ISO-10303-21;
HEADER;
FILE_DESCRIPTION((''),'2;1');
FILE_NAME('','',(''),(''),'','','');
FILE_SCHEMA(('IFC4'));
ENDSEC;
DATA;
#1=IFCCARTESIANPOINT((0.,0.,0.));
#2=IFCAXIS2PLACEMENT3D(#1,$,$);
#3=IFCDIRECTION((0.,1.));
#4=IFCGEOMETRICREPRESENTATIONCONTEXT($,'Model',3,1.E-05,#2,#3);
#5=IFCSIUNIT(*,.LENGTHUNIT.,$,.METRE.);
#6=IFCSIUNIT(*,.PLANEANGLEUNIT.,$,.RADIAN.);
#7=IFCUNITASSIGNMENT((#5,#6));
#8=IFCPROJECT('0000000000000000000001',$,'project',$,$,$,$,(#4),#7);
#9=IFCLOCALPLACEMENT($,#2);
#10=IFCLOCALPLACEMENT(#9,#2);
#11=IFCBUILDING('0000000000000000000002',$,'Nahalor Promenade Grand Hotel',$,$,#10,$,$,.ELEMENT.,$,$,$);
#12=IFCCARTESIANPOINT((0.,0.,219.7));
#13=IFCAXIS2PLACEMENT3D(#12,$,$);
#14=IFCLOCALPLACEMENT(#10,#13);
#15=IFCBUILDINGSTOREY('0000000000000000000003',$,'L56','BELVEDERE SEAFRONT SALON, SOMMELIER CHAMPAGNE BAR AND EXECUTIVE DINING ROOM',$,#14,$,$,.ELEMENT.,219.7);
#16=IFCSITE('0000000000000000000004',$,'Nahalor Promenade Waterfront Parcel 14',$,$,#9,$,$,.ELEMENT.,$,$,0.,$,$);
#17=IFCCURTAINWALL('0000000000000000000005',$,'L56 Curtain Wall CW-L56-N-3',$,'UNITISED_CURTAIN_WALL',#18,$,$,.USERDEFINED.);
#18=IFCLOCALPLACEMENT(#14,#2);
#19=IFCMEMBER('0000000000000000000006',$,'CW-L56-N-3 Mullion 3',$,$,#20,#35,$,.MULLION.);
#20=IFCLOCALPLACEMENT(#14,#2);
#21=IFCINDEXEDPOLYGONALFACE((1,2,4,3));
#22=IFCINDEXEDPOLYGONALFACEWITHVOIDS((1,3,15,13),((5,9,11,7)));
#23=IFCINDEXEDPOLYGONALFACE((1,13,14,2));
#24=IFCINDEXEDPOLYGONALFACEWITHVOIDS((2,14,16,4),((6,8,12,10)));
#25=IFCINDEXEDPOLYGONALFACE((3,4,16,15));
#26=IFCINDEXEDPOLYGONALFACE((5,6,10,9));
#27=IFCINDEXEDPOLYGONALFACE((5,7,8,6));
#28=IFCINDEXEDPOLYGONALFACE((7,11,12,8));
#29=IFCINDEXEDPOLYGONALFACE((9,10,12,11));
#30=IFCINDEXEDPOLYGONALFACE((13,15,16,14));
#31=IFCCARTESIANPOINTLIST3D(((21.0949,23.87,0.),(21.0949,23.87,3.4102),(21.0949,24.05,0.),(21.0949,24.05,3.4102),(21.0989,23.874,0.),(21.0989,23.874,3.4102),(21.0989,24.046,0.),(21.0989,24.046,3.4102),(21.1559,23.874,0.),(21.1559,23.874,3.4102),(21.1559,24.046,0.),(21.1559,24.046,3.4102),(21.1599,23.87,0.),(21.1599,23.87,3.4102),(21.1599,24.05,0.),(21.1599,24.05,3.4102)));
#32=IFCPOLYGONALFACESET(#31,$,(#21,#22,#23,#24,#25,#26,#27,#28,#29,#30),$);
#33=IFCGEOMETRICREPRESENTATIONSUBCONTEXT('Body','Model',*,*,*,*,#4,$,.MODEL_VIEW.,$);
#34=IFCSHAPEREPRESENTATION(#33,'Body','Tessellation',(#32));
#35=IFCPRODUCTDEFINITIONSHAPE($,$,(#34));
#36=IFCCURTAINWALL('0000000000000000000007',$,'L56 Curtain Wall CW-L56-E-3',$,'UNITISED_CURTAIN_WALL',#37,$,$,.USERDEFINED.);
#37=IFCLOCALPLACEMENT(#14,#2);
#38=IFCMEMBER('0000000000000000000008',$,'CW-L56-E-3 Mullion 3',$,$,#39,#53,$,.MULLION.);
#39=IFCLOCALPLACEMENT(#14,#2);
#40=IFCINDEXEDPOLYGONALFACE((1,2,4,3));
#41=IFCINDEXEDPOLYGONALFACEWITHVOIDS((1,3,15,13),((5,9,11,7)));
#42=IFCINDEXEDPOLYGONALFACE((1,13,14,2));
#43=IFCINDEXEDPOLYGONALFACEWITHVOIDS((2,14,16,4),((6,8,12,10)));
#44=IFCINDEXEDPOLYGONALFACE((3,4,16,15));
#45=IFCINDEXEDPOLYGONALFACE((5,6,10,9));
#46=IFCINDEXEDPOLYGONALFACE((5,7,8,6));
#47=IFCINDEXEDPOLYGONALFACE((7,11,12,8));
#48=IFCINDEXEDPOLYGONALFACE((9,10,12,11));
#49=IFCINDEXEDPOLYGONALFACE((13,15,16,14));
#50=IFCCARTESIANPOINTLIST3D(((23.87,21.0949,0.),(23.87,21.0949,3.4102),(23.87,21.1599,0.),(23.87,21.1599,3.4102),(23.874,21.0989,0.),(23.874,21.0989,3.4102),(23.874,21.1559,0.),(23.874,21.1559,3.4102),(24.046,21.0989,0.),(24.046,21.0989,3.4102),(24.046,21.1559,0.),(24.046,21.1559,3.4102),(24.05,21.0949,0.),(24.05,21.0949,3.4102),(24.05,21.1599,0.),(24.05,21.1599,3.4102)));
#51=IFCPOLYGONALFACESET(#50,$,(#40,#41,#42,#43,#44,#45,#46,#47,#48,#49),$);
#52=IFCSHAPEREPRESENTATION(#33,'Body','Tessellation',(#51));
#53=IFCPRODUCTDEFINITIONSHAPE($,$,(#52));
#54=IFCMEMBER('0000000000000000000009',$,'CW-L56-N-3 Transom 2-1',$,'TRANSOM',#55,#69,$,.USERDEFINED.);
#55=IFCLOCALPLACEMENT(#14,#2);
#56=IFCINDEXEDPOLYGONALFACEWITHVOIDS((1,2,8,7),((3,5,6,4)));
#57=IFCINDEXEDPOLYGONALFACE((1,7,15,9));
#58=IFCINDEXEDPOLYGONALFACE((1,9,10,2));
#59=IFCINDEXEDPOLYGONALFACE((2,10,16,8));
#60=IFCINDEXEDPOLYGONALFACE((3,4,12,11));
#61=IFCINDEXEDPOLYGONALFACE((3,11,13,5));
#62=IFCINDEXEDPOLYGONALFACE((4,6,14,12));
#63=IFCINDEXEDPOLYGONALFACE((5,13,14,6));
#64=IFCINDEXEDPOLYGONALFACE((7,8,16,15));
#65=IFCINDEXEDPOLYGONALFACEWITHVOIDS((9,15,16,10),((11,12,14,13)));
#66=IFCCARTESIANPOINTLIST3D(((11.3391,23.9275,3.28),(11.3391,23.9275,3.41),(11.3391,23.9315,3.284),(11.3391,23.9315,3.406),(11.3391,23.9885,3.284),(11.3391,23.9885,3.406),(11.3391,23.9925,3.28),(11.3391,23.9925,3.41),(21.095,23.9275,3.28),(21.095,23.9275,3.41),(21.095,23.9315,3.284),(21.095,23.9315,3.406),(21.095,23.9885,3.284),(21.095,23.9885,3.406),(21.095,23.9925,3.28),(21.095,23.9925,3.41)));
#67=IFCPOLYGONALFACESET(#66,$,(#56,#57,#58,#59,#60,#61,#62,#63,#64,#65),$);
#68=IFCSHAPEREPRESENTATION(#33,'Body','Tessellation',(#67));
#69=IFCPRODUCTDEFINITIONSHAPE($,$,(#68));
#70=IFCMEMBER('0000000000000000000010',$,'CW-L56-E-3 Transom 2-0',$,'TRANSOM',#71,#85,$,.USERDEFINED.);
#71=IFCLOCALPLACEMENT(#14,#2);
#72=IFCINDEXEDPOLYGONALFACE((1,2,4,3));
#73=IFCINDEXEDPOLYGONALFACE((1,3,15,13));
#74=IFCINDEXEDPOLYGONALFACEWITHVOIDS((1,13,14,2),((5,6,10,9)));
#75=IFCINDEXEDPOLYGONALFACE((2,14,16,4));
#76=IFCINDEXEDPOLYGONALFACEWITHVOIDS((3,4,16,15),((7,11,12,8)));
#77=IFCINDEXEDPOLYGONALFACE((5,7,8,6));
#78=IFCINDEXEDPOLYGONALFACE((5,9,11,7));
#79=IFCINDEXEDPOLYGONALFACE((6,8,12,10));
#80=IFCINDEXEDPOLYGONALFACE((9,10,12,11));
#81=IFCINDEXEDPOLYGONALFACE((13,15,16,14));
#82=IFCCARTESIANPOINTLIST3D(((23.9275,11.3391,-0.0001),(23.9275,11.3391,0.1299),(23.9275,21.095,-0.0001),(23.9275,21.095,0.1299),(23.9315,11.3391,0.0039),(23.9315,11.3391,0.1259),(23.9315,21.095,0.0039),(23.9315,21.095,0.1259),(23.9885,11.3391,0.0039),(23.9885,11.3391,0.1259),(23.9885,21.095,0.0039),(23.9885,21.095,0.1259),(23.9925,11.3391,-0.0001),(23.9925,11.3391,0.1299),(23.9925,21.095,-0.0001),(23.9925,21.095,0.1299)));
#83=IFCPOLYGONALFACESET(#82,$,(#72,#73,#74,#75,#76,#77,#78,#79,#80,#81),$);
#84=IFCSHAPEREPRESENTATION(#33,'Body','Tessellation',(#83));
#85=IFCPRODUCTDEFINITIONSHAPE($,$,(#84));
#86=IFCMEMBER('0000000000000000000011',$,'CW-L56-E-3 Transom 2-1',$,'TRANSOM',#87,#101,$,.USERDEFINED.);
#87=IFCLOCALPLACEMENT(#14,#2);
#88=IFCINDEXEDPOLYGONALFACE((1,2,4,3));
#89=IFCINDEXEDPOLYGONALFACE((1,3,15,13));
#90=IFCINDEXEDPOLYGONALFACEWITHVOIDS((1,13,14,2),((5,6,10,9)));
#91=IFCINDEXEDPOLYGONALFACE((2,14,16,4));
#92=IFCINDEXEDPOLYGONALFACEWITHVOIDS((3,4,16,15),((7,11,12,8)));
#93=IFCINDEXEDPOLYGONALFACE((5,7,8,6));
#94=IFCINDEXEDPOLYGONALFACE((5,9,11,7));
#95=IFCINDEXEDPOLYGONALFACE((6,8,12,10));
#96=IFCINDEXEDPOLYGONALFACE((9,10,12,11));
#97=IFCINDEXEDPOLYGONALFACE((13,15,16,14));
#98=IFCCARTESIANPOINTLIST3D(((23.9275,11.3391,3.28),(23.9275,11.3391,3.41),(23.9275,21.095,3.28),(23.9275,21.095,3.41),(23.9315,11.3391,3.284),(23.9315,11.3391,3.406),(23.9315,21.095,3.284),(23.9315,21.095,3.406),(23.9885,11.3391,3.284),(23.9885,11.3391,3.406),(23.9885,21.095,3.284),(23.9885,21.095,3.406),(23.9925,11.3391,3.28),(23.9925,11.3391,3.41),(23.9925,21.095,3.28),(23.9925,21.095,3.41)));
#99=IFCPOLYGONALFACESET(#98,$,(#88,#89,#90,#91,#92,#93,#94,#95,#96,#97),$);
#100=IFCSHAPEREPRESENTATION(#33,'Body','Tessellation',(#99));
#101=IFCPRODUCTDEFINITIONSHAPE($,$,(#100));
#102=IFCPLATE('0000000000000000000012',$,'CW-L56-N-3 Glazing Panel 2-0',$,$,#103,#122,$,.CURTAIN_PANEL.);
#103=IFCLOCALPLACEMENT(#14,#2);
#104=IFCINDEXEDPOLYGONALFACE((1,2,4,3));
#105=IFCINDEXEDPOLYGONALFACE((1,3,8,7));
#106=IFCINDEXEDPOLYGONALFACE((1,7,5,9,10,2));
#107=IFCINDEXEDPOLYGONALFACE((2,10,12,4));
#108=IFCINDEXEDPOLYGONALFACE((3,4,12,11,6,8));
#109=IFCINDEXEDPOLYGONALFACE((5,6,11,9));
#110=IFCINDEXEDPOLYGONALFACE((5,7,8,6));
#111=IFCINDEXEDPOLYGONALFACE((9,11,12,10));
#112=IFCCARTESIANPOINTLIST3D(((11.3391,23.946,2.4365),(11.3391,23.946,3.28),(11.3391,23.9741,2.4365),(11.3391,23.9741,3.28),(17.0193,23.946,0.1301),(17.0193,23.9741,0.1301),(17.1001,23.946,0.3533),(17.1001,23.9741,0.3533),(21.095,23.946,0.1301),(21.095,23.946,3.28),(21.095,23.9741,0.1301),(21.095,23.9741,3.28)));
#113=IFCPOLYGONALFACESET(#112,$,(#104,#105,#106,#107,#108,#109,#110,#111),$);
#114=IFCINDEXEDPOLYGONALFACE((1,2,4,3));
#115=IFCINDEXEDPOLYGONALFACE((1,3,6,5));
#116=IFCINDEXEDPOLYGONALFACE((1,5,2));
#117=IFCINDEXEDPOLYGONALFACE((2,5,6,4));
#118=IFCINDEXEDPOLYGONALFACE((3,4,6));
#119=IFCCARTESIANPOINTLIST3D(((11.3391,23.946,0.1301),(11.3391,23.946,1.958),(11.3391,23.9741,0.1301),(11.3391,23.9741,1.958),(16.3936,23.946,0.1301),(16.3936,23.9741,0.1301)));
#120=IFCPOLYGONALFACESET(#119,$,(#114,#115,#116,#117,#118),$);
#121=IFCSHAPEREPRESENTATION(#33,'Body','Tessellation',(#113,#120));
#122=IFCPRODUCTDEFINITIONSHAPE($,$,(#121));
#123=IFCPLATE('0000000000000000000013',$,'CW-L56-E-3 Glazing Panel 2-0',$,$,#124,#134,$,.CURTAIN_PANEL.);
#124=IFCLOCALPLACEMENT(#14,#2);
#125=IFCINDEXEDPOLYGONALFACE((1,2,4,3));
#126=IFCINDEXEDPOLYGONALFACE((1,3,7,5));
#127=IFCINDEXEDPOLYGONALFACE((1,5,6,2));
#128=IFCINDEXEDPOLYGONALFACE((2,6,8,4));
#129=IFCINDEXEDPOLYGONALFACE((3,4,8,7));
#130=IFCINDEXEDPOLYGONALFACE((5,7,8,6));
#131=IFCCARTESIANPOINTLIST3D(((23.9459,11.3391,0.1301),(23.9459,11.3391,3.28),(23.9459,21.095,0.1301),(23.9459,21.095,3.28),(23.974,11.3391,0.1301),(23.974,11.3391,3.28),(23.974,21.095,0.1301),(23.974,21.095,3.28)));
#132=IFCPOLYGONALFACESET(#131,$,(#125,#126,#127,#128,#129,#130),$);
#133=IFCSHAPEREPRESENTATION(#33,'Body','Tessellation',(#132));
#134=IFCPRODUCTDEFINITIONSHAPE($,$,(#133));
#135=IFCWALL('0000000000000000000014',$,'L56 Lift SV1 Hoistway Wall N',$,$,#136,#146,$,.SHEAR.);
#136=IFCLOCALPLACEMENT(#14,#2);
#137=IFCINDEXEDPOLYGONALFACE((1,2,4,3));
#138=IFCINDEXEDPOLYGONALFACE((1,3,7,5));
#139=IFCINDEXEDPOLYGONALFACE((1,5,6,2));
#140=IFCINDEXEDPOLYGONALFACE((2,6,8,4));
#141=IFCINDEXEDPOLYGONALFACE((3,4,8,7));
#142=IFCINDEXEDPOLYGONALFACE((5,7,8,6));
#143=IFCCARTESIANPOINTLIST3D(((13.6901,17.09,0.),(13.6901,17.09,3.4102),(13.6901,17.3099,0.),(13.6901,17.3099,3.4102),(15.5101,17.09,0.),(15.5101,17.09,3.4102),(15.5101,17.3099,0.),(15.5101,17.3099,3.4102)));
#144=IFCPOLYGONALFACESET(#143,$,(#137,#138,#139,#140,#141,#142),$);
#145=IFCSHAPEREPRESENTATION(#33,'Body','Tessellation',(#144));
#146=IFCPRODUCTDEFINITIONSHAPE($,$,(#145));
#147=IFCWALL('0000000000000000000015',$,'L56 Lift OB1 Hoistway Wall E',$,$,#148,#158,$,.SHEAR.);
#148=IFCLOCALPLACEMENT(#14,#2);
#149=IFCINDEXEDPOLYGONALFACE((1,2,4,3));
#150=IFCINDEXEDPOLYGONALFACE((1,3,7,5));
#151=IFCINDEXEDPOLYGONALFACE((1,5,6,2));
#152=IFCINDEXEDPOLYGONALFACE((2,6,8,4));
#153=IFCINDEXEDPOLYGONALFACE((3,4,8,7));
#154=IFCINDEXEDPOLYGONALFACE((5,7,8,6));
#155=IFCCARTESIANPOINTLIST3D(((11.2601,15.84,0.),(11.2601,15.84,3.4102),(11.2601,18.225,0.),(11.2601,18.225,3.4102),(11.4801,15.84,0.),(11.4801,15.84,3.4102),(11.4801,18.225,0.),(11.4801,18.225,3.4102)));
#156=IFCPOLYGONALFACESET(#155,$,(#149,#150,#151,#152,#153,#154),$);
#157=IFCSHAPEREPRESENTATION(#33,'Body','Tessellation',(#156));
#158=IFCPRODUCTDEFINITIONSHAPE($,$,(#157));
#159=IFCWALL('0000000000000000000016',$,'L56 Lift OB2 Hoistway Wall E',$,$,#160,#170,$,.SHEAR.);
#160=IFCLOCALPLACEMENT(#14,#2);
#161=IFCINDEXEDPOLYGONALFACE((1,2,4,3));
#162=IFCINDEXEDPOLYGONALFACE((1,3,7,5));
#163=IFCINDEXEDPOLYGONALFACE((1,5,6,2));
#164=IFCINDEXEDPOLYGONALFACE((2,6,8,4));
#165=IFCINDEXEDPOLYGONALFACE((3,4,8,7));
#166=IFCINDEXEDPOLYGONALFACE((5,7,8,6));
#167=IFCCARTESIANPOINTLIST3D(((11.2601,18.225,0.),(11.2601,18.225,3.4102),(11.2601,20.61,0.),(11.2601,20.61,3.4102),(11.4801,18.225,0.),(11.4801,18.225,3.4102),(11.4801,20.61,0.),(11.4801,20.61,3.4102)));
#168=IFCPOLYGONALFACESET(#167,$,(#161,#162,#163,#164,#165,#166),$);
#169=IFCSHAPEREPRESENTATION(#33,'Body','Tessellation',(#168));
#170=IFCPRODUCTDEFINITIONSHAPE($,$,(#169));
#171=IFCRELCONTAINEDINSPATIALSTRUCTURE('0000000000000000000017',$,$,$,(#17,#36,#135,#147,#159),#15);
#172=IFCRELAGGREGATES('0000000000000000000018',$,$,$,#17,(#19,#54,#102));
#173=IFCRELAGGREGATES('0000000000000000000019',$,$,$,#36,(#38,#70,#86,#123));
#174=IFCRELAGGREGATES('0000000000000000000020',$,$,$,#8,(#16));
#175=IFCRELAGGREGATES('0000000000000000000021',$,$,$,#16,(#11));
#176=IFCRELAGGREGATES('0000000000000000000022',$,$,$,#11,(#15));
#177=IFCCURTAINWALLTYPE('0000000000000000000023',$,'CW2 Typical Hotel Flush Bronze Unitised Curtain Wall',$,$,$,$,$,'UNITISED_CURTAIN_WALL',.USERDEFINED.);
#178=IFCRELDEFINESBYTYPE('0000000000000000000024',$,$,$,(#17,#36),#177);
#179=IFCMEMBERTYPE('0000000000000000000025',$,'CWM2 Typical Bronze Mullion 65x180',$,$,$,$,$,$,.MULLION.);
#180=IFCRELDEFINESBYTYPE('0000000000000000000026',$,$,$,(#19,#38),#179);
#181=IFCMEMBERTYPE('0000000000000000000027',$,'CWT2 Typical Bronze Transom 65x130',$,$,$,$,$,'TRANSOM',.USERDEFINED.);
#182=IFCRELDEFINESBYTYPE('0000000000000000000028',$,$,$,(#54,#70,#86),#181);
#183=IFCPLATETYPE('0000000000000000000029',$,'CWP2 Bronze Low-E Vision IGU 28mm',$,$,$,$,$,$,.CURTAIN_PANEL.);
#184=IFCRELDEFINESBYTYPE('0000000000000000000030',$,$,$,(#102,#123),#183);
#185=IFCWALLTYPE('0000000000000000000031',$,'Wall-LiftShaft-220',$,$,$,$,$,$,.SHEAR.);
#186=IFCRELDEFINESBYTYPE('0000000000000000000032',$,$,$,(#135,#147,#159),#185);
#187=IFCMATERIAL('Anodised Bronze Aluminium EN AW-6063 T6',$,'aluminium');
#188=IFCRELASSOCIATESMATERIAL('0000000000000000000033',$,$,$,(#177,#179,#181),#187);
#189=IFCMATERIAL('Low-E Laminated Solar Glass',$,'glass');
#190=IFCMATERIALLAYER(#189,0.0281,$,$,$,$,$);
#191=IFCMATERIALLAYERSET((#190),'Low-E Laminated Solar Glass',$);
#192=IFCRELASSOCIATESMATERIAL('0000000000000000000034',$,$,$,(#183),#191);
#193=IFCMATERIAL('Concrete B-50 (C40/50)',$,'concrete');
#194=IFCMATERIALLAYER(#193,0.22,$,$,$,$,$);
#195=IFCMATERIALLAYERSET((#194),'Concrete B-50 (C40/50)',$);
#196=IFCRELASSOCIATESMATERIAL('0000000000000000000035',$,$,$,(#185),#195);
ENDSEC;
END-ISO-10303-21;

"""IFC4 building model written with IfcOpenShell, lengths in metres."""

from ifc_helpers import new_model, si_unit, direction, frame, frame_2d, origin, origin_2d, place, context, subcontext, project, spatial, polyline, rectangle, hollow_rectangle, outline, extrude, source, transform, mapped, material, layer, layer_set, material_profile, profile_set, type_object, element, aggregate, save


model = new_model("IFC4")

# Units and contexts
model_context = context("Model", 3, precision=1e-05, world=origin(), true_north=direction((0.0, 1.0)))
body_context = subcontext(model_context, "Body", "Model", "MODEL_VIEW")
ifc_project = project(units=[si_unit("LENGTHUNIT", "METRE"), si_unit("PLANEANGLEUNIT", "RADIAN")], contexts=[model_context])

# Site, building, storey
site_placement = place(None, origin())
site = spatial("IfcSite", under=ifc_project, at=site_placement, Name="Nahalor Promenade Waterfront Parcel 14", CompositionType="ELEMENT", RefElevation=0.0)
building_placement = place(site_placement, origin())
building = spatial("IfcBuilding", under=site, at=building_placement, Name="Nahalor Promenade Grand Hotel", CompositionType="ELEMENT")
storey_placement = place(building_placement, frame((0.0, 0.0, 219.7)))
storey = spatial("IfcBuildingStorey", under=building, at=storey_placement, Name="L56", Description="BELVEDERE SEAFRONT SALON, SOMMELIER CHAMPAGNE BAR AND EXECUTIVE DINING ROOM", CompositionType="ELEMENT", Elevation=219.7)

# Curtain walls, members
ifc_material_1 = material(Name="Anodised Bronze Aluminium EN AW-6063 T6", Category="aluminium")
curtain_wall_type = type_object("IfcCurtainWallType", Name="CW2 Typical Hotel Flush Bronze Unitised Curtain Wall", ElementType="UNITISED_CURTAIN_WALL", PredefinedType="USERDEFINED", material=ifc_material_1)
curtain_wall_1_placement = place(storey_placement, origin())
curtain_wall_1 = element("IfcCurtainWall", 1, at=curtain_wall_1_placement, inside=storey, type_object=curtain_wall_type, Name="L56 Curtain Wall CW-L56-N-3", ObjectType="UNITISED_CURTAIN_WALL", PredefinedType="USERDEFINED")
ifc_material_profile_1 = material_profile(ifc_material_1, hollow_rectangle(XDim=0.065, YDim=0.18, WallThickness=0.004, at=origin_2d()), Name="CWM 65x180x4")
ifc_profile_set_1 = profile_set([ifc_material_profile_1], Name="Anodised Bronze Aluminium EN AW-6063 T6")
member_type_1 = type_object("IfcMemberType", Name="CWM2 Typical Bronze Mullion 65x180", PredefinedType="MULLION", material=ifc_profile_set_1)
shared_shape_1 = source(origin(), body_context, "Body", "SweptSolid", [
    extrude(hollow_rectangle(XDim=0.065, YDim=0.18, WallThickness=0.004, at=origin_2d()), origin(), (0.0, 0.0, 1.0), 3.4102),
])
member_1_placement = place(storey_placement, frame((21.1274, 23.96, 0.0), z_axis=(0.0, 0.0, 1.0), x_axis=(1.0, 0.0, 0.0)))
member_1 = element("IfcMember", 2, at=member_1_placement, type_object=member_type_1, Name="CW-L56-N-3 Mullion 3", PredefinedType="MULLION", context=body_context, shape_type="MappedRepresentation", body=[
    mapped(shared_shape_1, transform((0.0, 0.0, 0.0), scale=1.0)),
])
curtain_wall_2_placement = place(storey_placement, origin())
curtain_wall_2 = element("IfcCurtainWall", 3, at=curtain_wall_2_placement, inside=storey, type_object=curtain_wall_type, Name="L56 Curtain Wall CW-L56-E-3", ObjectType="UNITISED_CURTAIN_WALL", PredefinedType="USERDEFINED")
member_2_placement = place(storey_placement, frame((23.96, 21.1274, 0.0), z_axis=(0.0, 0.0, 1.0), x_axis=(0.0, 1.0, 0.0)))
member_2 = element("IfcMember", 4, at=member_2_placement, type_object=member_type_1, Name="CW-L56-E-3 Mullion 3", PredefinedType="MULLION", context=body_context, shape_type="MappedRepresentation", body=[
    mapped(shared_shape_1, transform((0.0, 0.0, 0.0), scale=1.0)),
])

# Members
ifc_material_profile_2 = material_profile(ifc_material_1, hollow_rectangle(XDim=0.065, YDim=0.13, WallThickness=0.004, at=origin_2d()), Name="CWT 65x130x4")
ifc_profile_set_2 = profile_set([ifc_material_profile_2], Name="Anodised Bronze Aluminium EN AW-6063 T6")
member_type_2 = type_object("IfcMemberType", Name="CWT2 Typical Bronze Transom 65x130", ElementType="TRANSOM", PredefinedType="USERDEFINED", material=ifc_profile_set_2)
shared_shape_2 = source(origin(), body_context, "Body", "SweptSolid", [
    extrude(hollow_rectangle(XDim=0.065, YDim=0.13, WallThickness=0.004, at=origin_2d()), origin(), (0.0, 0.0, 1.0), 9.7559),
])
member_3_placement = place(storey_placement, frame((11.3391, 23.96, 3.345), z_axis=(1.0, 0.0, 0.0), x_axis=(0.0, 1.0, 0.0)))
member_3 = element("IfcMember", 5, at=member_3_placement, type_object=member_type_2, Name="CW-L56-N-3 Transom 2-1", ObjectType="TRANSOM", PredefinedType="USERDEFINED", context=body_context, shape_type="MappedRepresentation", body=[
    mapped(shared_shape_2, transform((0.0, 0.0, 0.0), scale=1.0)),
])
member_4_placement = place(storey_placement, frame((23.96, 11.3391, 0.0649), z_axis=(0.0, 1.0, 0.0), x_axis=(-1.0, 0.0, 0.0)))
member_4 = element("IfcMember", 6, at=member_4_placement, type_object=member_type_2, Name="CW-L56-E-3 Transom 2-0", ObjectType="TRANSOM", PredefinedType="USERDEFINED", context=body_context, shape_type="MappedRepresentation", body=[
    mapped(shared_shape_2, transform((0.0, 0.0, 0.0), scale=1.0)),
])
member_5_placement = place(storey_placement, frame((23.96, 11.3391, 3.345), z_axis=(0.0, 1.0, 0.0), x_axis=(-1.0, 0.0, 0.0)))
member_5 = element("IfcMember", 7, at=member_5_placement, type_object=member_type_2, Name="CW-L56-E-3 Transom 2-1", ObjectType="TRANSOM", PredefinedType="USERDEFINED", context=body_context, shape_type="MappedRepresentation", body=[
    mapped(shared_shape_2, transform((0.0, 0.0, 0.0), scale=1.0)),
])

# Plates
ifc_material_2 = material(Name="Low-E Laminated Solar Glass", Category="glass")
ifc_layer_1 = layer(ifc_material_2, 0.0281)
ifc_layer_set_1 = layer_set([ifc_layer_1], Name="Low-E Laminated Solar Glass")
plate_type = type_object("IfcPlateType", Name="CWP2 Bronze Low-E Vision IGU 28mm", PredefinedType="CURTAIN_PANEL", material=ifc_layer_set_1)
plate_1_placement = place(storey_placement, frame((16.217, 23.96, 0.1301), z_axis=(0.0, 0.0, 1.0), x_axis=(1.0, 0.0, 0.0)))
plate_1 = element("IfcPlate", 8, at=plate_1_placement, type_object=plate_type, Name="CW-L56-N-3 Glazing Panel 2-0", PredefinedType="CURTAIN_PANEL", context=body_context, shape_type="SweptSolid", body=[
    extrude(outline(polyline([(4.8779, 3.1499), (-4.8779, 3.1499), (-4.8779, 2.3064), (0.8831, 0.2231), (0.8022, 0.0), (4.8779, 0.0), (4.8779, 3.1499)])), frame((0.0, 0.0142, 0.0), z_axis=(0.0, -1.0, 0.0), x_axis=(1.0, 0.0, 0.0)), (0.0, 0.0, 1.0), 0.0281),
    extrude(outline(polyline([(-4.8779, 1.8279), (-4.8779, 0.0), (0.1765, 0.0), (-4.8779, 1.8279)])), frame((0.0, 0.0142, 0.0), z_axis=(0.0, -1.0, 0.0), x_axis=(1.0, 0.0, 0.0)), (0.0, 0.0, 1.0), 0.0281),
])
aggregate(curtain_wall_1, [member_1, member_3, plate_1])
shared_shape_3 = source(origin(), body_context, "Body", "SweptSolid", [
    extrude(rectangle(XDim=9.7559, YDim=0.0281, at=origin_2d()), origin(), (0.0, 0.0, 1.0), 3.1499),
])
plate_2_placement = place(storey_placement, frame((23.96, 16.217, 0.1301), z_axis=(0.0, 0.0, 1.0), x_axis=(0.0, 1.0, 0.0)))
plate_2 = element("IfcPlate", 9, at=plate_2_placement, type_object=plate_type, Name="CW-L56-E-3 Glazing Panel 2-0", PredefinedType="CURTAIN_PANEL", context=body_context, shape_type="MappedRepresentation", body=[
    mapped(shared_shape_3, transform((0.0, 0.0, 0.0), scale=1.0)),
])
aggregate(curtain_wall_2, [member_2, member_4, member_5, plate_2])

# Walls
ifc_material_3 = material(Name="Concrete B-50 (C40/50)", Category="concrete")
ifc_layer_2 = layer(ifc_material_3, 0.22)
ifc_layer_set_2 = layer_set([ifc_layer_2], Name="Concrete B-50 (C40/50)")
wall_type_1 = type_object("IfcWallType", Name="Wall-LiftShaft-220", PredefinedType="SHEAR", material=ifc_layer_set_2)
shared_shape_4 = source(origin(), body_context, "Body", "SweptSolid", [
    extrude(rectangle(XDim=1.8201, YDim=0.22, at=frame_2d((0.9102, 0.0))), origin(), (0.0, 0.0, 1.0), 3.4102),
])
wall_1_placement = place(storey_placement, frame((13.6899, 17.2, 0.0), z_axis=(0.0, 0.0, 1.0), x_axis=(1.0, 0.0, 0.0)))
element("IfcWall", 10, at=wall_1_placement, inside=storey, type_object=wall_type_1, Name="L56 Lift SV1 Hoistway Wall N", PredefinedType="SHEAR", context=body_context, shape_type="MappedRepresentation", body=[
    mapped(shared_shape_4, transform((0.0, 0.0, 0.0), scale=1.0)),
])
shared_shape_5 = source(origin(), body_context, "Body", "SweptSolid", [
    extrude(rectangle(XDim=2.385, YDim=0.22, at=frame_2d((1.1924, 0.0))), origin(), (0.0, 0.0, 1.0), 3.4102),
])
for number, where, z_axis, x_axis, name in (
    (11, (11.3701, 15.8401, 0.0), (0.0, 0.0, 1.0), (0.0, 1.0, 0.0), "L56 Lift OB1 Hoistway Wall E"),
    (12, (11.3701, 18.2251, 0.0), (0.0, 0.0, 1.0), (0.0, 1.0, 0.0), "L56 Lift OB2 Hoistway Wall E"),
):
    element("IfcWall", number, at=place(storey_placement, frame(where, z_axis=z_axis, x_axis=x_axis)), inside=storey, type_object=wall_type_1, Name=name, PredefinedType="SHEAR", context=body_context, shape_type="MappedRepresentation", body=[
        mapped(shared_shape_5, transform((0.0, 0.0, 0.0), scale=1.0)),
    ])

save(model, "model.ifc")
